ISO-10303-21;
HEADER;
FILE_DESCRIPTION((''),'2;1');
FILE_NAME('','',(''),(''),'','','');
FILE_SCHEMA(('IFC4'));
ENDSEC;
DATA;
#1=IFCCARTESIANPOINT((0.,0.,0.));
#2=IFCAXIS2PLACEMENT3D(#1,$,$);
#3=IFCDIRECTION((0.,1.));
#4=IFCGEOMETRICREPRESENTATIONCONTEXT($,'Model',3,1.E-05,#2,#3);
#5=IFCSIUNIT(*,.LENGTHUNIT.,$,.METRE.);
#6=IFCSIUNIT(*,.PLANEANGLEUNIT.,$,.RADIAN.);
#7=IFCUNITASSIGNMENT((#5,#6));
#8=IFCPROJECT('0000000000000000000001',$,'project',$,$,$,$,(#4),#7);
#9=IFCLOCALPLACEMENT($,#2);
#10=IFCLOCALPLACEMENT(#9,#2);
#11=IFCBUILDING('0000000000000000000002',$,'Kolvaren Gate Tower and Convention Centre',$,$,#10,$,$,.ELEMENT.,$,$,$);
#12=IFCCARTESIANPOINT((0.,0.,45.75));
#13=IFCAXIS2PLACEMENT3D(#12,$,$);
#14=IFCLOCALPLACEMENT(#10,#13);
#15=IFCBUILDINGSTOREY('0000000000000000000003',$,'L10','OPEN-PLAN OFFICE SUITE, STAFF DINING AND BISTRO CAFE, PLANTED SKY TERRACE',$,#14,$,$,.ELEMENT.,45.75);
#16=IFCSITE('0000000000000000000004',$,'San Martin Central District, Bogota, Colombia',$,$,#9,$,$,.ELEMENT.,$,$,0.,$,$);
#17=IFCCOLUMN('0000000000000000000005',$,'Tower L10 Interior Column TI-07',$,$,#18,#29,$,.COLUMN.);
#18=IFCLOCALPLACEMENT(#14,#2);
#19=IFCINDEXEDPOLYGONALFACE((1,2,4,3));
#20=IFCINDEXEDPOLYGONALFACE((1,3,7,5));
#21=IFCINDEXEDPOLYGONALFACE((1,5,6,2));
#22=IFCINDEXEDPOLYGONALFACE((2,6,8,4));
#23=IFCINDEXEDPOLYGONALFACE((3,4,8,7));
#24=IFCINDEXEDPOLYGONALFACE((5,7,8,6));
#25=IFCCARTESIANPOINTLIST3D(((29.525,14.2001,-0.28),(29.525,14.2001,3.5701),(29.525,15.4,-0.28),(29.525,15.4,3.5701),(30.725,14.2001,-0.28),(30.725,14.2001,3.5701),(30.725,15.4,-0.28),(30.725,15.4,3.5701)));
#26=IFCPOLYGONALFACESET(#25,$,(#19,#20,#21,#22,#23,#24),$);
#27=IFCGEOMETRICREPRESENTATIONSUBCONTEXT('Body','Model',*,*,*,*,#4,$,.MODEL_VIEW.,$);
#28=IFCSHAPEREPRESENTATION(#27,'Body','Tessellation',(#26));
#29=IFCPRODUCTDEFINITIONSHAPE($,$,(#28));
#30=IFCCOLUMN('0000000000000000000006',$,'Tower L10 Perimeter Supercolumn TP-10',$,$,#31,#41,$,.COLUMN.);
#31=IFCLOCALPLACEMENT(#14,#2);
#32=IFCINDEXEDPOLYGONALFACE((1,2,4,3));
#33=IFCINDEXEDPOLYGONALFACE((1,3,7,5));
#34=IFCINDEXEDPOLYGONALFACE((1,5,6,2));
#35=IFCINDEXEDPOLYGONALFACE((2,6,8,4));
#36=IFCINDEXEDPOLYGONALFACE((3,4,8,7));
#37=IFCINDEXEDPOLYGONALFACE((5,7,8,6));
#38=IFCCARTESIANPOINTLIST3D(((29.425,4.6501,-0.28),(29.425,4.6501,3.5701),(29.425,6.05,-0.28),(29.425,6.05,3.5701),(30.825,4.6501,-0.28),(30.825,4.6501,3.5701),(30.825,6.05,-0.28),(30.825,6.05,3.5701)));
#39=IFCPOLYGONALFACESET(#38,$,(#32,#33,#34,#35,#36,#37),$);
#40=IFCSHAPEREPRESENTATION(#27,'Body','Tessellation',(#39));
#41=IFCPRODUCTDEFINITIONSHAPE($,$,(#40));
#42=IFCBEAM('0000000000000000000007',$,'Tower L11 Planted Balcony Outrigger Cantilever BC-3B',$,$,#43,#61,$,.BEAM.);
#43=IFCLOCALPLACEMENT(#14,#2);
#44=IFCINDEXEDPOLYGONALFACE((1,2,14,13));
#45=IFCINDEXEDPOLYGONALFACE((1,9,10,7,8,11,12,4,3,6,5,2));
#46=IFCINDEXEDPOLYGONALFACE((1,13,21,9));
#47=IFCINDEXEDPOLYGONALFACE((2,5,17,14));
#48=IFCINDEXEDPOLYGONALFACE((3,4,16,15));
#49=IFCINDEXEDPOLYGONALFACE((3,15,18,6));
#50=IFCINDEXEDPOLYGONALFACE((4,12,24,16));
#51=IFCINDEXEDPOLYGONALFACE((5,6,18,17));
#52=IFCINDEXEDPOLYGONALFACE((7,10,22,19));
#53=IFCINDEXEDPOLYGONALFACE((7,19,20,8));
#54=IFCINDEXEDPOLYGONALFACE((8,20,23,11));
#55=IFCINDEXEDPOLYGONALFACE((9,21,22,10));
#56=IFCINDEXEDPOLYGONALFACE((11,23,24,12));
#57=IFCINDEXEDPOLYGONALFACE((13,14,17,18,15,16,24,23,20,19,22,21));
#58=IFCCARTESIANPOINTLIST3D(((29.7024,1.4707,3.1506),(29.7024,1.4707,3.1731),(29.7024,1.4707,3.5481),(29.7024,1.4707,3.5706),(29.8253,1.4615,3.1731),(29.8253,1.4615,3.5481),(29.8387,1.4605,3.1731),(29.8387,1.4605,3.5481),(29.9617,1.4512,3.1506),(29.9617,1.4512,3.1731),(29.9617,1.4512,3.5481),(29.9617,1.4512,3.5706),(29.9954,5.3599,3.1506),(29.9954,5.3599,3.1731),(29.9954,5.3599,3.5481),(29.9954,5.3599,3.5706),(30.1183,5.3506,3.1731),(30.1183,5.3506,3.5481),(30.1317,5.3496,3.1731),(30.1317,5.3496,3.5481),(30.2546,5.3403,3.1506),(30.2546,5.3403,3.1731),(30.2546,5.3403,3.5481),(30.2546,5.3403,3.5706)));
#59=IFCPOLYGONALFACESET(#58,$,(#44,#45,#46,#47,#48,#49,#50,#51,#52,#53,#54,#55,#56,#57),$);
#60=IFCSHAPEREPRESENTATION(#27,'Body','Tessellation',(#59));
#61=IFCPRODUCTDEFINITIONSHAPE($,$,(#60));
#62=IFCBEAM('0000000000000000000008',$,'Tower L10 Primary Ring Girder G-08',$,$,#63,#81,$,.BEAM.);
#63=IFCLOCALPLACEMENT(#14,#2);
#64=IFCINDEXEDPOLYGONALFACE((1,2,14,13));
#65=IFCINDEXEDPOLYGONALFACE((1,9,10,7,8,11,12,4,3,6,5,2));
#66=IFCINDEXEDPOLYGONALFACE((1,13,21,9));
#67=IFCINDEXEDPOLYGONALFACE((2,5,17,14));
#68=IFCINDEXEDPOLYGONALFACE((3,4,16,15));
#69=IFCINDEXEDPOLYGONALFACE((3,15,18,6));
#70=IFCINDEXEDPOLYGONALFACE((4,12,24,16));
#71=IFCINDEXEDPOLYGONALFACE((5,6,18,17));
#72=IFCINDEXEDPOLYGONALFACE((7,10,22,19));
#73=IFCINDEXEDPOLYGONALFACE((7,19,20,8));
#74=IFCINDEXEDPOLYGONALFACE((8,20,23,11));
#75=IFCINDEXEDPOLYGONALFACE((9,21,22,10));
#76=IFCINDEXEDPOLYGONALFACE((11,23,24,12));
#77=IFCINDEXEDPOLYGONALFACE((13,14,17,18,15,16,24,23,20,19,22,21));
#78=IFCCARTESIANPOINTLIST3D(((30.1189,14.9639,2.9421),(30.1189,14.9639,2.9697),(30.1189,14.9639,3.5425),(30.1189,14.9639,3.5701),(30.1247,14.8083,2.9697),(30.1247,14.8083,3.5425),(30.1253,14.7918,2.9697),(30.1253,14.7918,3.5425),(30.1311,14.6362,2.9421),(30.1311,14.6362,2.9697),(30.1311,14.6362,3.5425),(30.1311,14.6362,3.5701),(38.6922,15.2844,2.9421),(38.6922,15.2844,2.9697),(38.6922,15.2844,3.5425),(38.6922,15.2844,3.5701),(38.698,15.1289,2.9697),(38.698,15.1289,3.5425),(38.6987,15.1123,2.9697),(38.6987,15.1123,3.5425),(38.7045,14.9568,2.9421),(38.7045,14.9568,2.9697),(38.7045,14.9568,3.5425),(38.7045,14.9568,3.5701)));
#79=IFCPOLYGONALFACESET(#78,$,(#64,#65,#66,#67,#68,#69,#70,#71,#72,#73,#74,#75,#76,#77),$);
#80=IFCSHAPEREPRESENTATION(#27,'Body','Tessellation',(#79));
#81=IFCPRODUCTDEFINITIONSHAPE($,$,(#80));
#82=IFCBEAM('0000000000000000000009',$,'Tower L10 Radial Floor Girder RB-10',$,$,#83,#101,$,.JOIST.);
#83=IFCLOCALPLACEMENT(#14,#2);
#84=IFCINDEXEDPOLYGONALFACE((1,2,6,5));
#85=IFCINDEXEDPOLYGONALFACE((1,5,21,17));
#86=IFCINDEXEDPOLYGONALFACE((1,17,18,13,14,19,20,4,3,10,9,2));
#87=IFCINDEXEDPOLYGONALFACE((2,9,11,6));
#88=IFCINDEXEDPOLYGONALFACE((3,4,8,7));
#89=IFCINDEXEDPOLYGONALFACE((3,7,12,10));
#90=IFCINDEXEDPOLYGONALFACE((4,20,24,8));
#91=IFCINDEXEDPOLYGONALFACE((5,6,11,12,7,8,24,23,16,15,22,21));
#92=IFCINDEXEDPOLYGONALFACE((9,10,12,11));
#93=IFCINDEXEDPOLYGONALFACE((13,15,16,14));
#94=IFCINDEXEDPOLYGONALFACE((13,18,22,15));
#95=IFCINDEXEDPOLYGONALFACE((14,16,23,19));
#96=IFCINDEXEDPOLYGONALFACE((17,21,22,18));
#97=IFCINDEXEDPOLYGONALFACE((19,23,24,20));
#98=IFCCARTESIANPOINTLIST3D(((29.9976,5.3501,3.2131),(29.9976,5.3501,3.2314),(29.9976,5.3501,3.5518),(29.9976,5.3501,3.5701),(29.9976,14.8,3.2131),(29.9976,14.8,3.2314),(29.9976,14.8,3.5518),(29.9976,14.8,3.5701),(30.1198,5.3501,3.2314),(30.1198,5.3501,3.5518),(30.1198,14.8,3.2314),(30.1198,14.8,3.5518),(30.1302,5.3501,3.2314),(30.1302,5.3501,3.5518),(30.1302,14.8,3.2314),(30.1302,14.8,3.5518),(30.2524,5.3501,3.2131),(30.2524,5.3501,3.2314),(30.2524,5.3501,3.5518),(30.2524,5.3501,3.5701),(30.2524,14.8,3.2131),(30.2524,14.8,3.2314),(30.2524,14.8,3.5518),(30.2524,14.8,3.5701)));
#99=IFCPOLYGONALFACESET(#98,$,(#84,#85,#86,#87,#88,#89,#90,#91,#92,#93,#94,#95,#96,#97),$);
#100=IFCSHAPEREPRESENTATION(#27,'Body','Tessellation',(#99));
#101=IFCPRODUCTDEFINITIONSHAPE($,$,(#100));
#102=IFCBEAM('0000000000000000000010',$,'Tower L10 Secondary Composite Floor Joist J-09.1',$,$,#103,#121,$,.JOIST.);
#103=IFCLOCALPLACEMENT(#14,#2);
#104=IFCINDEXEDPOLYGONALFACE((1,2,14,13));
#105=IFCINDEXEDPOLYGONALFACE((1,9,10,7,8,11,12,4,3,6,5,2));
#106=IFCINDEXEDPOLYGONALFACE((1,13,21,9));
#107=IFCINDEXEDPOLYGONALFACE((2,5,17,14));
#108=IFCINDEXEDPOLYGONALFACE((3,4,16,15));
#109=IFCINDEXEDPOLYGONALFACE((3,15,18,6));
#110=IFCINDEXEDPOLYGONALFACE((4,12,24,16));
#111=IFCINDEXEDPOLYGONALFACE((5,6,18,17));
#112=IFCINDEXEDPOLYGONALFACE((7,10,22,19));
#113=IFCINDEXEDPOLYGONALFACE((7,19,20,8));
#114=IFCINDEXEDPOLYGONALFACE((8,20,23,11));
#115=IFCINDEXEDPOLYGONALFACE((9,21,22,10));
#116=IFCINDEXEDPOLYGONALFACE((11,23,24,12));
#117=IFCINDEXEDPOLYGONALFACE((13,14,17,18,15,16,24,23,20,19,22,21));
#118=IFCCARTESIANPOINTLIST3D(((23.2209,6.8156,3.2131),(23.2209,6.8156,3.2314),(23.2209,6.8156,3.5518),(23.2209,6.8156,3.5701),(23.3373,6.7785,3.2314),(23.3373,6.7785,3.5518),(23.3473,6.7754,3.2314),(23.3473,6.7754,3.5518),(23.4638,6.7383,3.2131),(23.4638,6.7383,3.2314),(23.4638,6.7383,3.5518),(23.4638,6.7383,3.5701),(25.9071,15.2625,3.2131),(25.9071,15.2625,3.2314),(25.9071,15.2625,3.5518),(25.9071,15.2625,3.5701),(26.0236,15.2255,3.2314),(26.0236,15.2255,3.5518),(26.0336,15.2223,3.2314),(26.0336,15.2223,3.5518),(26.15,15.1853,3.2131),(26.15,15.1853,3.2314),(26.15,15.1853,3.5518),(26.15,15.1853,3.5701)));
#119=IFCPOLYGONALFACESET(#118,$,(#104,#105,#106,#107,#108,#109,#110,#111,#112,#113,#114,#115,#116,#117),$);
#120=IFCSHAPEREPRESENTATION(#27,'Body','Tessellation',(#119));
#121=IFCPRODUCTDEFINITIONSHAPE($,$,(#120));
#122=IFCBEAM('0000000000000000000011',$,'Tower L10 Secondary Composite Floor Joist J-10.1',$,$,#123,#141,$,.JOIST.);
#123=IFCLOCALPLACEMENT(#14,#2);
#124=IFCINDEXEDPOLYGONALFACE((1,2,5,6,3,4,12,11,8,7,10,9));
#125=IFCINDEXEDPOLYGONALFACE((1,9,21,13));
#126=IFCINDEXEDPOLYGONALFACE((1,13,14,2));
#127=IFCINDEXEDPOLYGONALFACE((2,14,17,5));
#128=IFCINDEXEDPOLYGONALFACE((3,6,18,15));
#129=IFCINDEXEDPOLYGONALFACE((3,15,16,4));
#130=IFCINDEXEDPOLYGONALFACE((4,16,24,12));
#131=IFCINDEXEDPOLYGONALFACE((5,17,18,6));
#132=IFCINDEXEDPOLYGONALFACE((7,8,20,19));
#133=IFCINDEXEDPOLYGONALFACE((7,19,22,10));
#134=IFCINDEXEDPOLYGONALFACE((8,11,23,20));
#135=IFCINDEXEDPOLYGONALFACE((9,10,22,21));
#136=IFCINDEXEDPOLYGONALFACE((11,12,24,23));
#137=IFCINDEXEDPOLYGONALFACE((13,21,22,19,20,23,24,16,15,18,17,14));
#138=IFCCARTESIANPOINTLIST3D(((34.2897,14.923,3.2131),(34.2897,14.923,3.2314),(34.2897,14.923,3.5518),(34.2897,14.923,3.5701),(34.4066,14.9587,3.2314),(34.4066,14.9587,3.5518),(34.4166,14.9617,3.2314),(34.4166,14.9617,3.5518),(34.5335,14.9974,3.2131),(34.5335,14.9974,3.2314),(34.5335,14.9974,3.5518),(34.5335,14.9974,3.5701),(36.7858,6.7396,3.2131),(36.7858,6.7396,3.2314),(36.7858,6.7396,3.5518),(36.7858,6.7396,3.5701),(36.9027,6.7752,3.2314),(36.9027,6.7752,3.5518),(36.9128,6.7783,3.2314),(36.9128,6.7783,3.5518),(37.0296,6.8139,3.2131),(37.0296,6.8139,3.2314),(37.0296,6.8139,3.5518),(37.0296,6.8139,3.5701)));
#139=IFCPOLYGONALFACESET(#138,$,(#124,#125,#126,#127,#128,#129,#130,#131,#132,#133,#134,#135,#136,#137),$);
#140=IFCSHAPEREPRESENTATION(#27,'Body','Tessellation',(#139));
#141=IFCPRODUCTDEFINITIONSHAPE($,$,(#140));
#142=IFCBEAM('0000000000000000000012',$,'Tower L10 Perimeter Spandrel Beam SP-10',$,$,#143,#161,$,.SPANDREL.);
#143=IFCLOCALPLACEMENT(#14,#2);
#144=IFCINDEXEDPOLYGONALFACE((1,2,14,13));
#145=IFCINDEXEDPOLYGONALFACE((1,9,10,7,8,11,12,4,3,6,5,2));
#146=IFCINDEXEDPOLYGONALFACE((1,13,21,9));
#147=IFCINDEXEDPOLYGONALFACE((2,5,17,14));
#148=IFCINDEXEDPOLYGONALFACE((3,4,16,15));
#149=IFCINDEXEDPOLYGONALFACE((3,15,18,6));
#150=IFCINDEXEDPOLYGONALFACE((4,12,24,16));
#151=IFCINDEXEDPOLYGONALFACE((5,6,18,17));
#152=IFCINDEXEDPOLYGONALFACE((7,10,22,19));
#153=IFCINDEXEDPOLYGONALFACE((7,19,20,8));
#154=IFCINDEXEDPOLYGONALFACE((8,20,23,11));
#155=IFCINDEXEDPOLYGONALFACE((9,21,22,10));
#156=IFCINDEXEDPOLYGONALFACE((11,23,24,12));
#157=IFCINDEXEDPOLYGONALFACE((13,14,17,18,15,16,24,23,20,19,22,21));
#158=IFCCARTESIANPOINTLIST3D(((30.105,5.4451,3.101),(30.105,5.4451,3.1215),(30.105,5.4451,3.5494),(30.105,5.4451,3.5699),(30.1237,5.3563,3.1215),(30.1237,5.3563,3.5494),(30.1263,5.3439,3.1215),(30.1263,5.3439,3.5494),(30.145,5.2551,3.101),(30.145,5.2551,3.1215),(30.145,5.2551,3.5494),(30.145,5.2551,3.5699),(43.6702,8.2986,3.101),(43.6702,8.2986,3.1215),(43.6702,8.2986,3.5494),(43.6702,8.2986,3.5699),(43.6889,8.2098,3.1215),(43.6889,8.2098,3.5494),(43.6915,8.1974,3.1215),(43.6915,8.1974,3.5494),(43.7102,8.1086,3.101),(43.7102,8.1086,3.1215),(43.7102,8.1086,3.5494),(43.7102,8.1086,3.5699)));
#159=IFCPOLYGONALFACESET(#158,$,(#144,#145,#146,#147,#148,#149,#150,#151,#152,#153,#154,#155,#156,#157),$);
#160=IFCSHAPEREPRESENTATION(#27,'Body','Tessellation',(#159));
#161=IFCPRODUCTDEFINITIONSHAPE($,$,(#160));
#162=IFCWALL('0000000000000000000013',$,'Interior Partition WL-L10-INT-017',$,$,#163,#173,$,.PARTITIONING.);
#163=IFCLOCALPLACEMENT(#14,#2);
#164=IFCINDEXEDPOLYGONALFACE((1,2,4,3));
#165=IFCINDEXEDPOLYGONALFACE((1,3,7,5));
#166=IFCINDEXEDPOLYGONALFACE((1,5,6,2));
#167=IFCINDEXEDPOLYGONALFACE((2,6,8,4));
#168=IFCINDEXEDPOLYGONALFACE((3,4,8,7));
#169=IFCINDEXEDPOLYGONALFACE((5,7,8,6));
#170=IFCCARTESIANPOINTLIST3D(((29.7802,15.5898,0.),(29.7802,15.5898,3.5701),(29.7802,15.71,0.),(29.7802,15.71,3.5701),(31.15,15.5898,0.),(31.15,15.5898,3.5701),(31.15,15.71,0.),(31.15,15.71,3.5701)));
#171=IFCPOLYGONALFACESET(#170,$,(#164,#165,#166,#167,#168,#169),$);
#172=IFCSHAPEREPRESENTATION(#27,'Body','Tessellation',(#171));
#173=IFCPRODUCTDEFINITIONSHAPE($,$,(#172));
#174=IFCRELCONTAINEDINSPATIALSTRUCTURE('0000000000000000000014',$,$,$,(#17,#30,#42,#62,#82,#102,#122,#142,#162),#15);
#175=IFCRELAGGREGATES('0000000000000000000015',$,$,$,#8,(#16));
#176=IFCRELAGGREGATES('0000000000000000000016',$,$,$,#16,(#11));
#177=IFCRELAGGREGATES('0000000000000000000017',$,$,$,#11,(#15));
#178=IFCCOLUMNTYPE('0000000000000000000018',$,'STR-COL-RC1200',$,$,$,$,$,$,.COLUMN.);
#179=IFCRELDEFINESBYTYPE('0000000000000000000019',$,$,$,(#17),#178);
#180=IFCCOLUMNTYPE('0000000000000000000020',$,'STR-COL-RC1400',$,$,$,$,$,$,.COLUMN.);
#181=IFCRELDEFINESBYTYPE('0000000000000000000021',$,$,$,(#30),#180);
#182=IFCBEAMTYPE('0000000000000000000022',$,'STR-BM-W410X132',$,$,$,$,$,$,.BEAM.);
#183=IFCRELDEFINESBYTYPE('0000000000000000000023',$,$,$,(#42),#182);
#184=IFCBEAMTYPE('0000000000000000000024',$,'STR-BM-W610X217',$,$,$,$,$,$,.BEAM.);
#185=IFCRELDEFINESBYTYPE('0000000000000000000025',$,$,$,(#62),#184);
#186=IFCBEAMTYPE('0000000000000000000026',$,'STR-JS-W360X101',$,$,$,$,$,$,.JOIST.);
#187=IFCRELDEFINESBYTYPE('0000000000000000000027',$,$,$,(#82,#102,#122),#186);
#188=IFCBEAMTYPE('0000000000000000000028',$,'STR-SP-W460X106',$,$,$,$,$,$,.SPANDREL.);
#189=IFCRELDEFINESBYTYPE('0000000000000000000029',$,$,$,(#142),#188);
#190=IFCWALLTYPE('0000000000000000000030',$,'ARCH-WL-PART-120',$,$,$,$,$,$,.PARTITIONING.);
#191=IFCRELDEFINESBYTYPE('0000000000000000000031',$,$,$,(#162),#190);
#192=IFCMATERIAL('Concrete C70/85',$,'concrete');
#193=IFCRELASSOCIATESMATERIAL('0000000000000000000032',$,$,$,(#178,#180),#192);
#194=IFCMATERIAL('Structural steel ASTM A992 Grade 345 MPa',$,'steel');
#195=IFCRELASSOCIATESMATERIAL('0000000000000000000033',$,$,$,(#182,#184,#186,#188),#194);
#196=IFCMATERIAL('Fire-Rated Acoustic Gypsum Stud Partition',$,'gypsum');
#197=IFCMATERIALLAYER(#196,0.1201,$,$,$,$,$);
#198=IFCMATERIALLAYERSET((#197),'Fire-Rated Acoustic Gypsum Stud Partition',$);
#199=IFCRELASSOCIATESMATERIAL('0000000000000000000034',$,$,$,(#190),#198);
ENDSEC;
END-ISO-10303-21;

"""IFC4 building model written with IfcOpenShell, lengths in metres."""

from ifc_helpers import new_model, si_unit, direction, frame, frame_2d, origin, origin_2d, place, context, subcontext, project, spatial, rectangle, i_section, extrude, material, layer, layer_set, material_profile, profile_set, type_object, element, save


model = new_model("IFC4")

# Units and contexts
model_context = context("Model", 3, precision=1e-05, world=origin(), true_north=direction((0.0, 1.0)))
body_context = subcontext(model_context, "Body", "Model", "MODEL_VIEW")
ifc_project = project(units=[si_unit("LENGTHUNIT", "METRE"), si_unit("PLANEANGLEUNIT", "RADIAN")], contexts=[model_context])

# Site, building, storey
site_placement = place(None, origin())
site = spatial("IfcSite", under=ifc_project, at=site_placement, Name="San Martin Central District, Bogota, Colombia", CompositionType="ELEMENT", RefElevation=0.0)
building_placement = place(site_placement, origin())
building = spatial("IfcBuilding", under=site, at=building_placement, Name="Kolvaren Gate Tower and Convention Centre", CompositionType="ELEMENT")
storey_placement = place(building_placement, frame((0.0, 0.0, 45.75)))
storey = spatial("IfcBuildingStorey", under=building, at=storey_placement, Name="L10", Description="OPEN-PLAN OFFICE SUITE, STAFF DINING AND BISTRO CAFE, PLANTED SKY TERRACE", CompositionType="ELEMENT", Elevation=45.75)

# Columns
ifc_material_1 = material(Name="Concrete C70/85", Category="concrete")
ifc_material_profile_1 = material_profile(ifc_material_1, rectangle(XDim=1.2, YDim=1.2, at=origin_2d()), Name="RC-COL-1200X1200")
ifc_profile_set_1 = profile_set([ifc_material_profile_1], Name="Concrete C70/85")
column_type_1 = type_object("IfcColumnType", Name="STR-COL-RC1200", PredefinedType="COLUMN", material=ifc_profile_set_1)
column_1_placement = place(storey_placement, frame((30.125, 14.8, -0.28), z_axis=(0.0, 0.0, 1.0), x_axis=(1.0, 0.0, 0.0)))
element("IfcColumn", 1, at=column_1_placement, inside=storey, type_object=column_type_1, Name="Tower L10 Interior Column TI-07", PredefinedType="COLUMN", context=body_context, shape_type="SweptSolid", body=[
    extrude(rectangle(XDim=1.2, YDim=1.2, at=origin_2d()), origin(), (0.0, 0.0, 1.0), 3.8501),
])
ifc_material_profile_2 = material_profile(ifc_material_1, rectangle(XDim=1.3999, YDim=1.3999, at=origin_2d()), Name="RC-COL-1400X1400")
ifc_profile_set_2 = profile_set([ifc_material_profile_2], Name="Concrete C70/85")
column_type_2 = type_object("IfcColumnType", Name="STR-COL-RC1400", PredefinedType="COLUMN", material=ifc_profile_set_2)
column_2_placement = place(storey_placement, frame((30.125, 5.3501, -0.28), z_axis=(0.0, 0.0, 1.0), x_axis=(1.0, 0.0, 0.0)))
element("IfcColumn", 2, at=column_2_placement, inside=storey, type_object=column_type_2, Name="Tower L10 Perimeter Supercolumn TP-10", PredefinedType="COLUMN", context=body_context, shape_type="SweptSolid", body=[
    extrude(rectangle(XDim=1.3999, YDim=1.3999, at=origin_2d()), origin(), (0.0, 0.0, 1.0), 3.8501),
])

# Beams
ifc_material_2 = material(Name="Structural steel ASTM A992 Grade 345 MPa", Category="steel")
ifc_material_profile_3 = material_profile(ifc_material_2, i_section(OverallWidth=0.26, OverallDepth=0.4199, WebThickness=0.0134, FlangeThickness=0.0225, at=origin_2d()), Name="W410X132")
ifc_profile_set_3 = profile_set([ifc_material_profile_3], Name="Structural steel ASTM A992 Grade 345 MPa")
beam_type_1 = type_object("IfcBeamType", Name="STR-BM-W410X132", PredefinedType="BEAM", material=ifc_profile_set_3)
beam_1_placement = place(storey_placement, frame((30.125, 5.3501, 3.3606), z_axis=(-0.075117, -0.997175, 0.0), x_axis=(0.997175, -0.075117, 0.0)))
element("IfcBeam", 3, at=beam_1_placement, inside=storey, type_object=beam_type_1, Name="Tower L11 Planted Balcony Outrigger Cantilever BC-3B", PredefinedType="BEAM", context=body_context, shape_type="SweptSolid", body=[
    extrude(i_section(OverallWidth=0.26, OverallDepth=0.4199, WebThickness=0.0134, FlangeThickness=0.0225, at=origin_2d()), origin(), (0.0, 0.0, 1.0), 3.9001),
])
ifc_material_profile_4 = material_profile(ifc_material_2, i_section(OverallWidth=0.3279, OverallDepth=0.6279, WebThickness=0.0166, FlangeThickness=0.0276, at=origin_2d()), Name="W610X217")
ifc_profile_set_4 = profile_set([ifc_material_profile_4], Name="Structural steel ASTM A992 Grade 345 MPa")
beam_type_2 = type_object("IfcBeamType", Name="STR-BM-W610X217", PredefinedType="BEAM", material=ifc_profile_set_4)
beam_2_placement = place(storey_placement, frame((30.125, 14.8, 3.2561), z_axis=(0.999302, 0.037364, 0.0), x_axis=(-0.037364, 0.999302, 0.0)))
element("IfcBeam", 4, at=beam_2_placement, inside=storey, type_object=beam_type_2, Name="Tower L10 Primary Ring Girder G-08", PredefinedType="BEAM", context=body_context, shape_type="SweptSolid", body=[
    extrude(i_section(OverallWidth=0.3279, OverallDepth=0.6279, WebThickness=0.0166, FlangeThickness=0.0276, at=origin_2d()), origin(), (0.0, 0.0, 1.0), 8.5793),
])
ifc_material_profile_5 = material_profile(ifc_material_2, i_section(OverallWidth=0.2549, OverallDepth=0.3569, WebThickness=0.0105, FlangeThickness=0.0183, at=origin_2d()), Name="W360X101")
ifc_profile_set_5 = profile_set([ifc_material_profile_5], Name="Structural steel ASTM A992 Grade 345 MPa")
beam_type_3 = type_object("IfcBeamType", Name="STR-JS-W360X101", PredefinedType="JOIST", material=ifc_profile_set_5)
beam_3_placement = place(storey_placement, frame((30.125, 14.8, 3.3916), z_axis=(0.0, -1.0, 0.0), x_axis=(1.0, 0.0, 0.0)))
element("IfcBeam", 5, at=beam_3_placement, inside=storey, type_object=beam_type_3, Name="Tower L10 Radial Floor Girder RB-10", PredefinedType="JOIST", context=body_context, shape_type="SweptSolid", body=[
    extrude(i_section(OverallWidth=0.2549, OverallDepth=0.3569, WebThickness=0.0105, FlangeThickness=0.0183, at=origin_2d()), origin(), (0.0, 0.0, 1.0), 9.45),
])
beam_4_placement = place(storey_placement, frame((26.0286, 15.2239, 3.3916), z_axis=(-0.303059, -0.952972, 0.0), x_axis=(0.952972, -0.303059, 0.0)))
element("IfcBeam", 6, at=beam_4_placement, inside=storey, type_object=beam_type_3, Name="Tower L10 Secondary Composite Floor Joist J-09.1", PredefinedType="JOIST", context=body_context, shape_type="SweptSolid", body=[
    extrude(i_section(OverallWidth=0.2549, OverallDepth=0.3569, WebThickness=0.0105, FlangeThickness=0.0183, at=origin_2d()), origin(), (0.0, 0.0, 1.0), 8.8638),
])
beam_5_placement = place(storey_placement, frame((34.4116, 14.9602, 3.3916), z_axis=(0.291751, -0.956494, 0.0), x_axis=(0.956494, 0.291751, 0.0)))
element("IfcBeam", 7, at=beam_5_placement, inside=storey, type_object=beam_type_3, Name="Tower L10 Secondary Composite Floor Joist J-10.1", PredefinedType="JOIST", context=body_context, shape_type="SweptSolid", body=[
    extrude(i_section(OverallWidth=0.2549, OverallDepth=0.3569, WebThickness=0.0105, FlangeThickness=0.0183, at=origin_2d()), origin(), (0.0, 0.0, 1.0), 8.5557),
])
ifc_material_profile_6 = material_profile(ifc_material_2, i_section(OverallWidth=0.1941, OverallDepth=0.469, WebThickness=0.0127, FlangeThickness=0.0205, at=origin_2d()), Name="W460X106")
ifc_profile_set_6 = profile_set([ifc_material_profile_6], Name="Structural steel ASTM A992 Grade 345 MPa")
beam_type_4 = type_object("IfcBeamType", Name="STR-SP-W460X106", PredefinedType="SPANDREL", material=ifc_profile_set_6)
beam_6_placement = place(storey_placement, frame((30.125, 5.3501, 3.3354), z_axis=(0.978583, 0.205851, 0.0), x_axis=(-0.205851, 0.978583, 0.0)))
element("IfcBeam", 8, at=beam_6_placement, inside=storey, type_object=beam_type_4, Name="Tower L10 Perimeter Spandrel Beam SP-10", PredefinedType="SPANDREL", context=body_context, shape_type="SweptSolid", body=[
    extrude(i_section(OverallWidth=0.1941, OverallDepth=0.469, WebThickness=0.0127, FlangeThickness=0.0205, at=origin_2d()), origin(), (0.0, 0.0, 1.0), 13.8621),
])

# Wall
ifc_material_3 = material(Name="Fire-Rated Acoustic Gypsum Stud Partition", Category="gypsum")
ifc_layer_1 = layer(ifc_material_3, 0.1201)
ifc_layer_set_1 = layer_set([ifc_layer_1], Name="Fire-Rated Acoustic Gypsum Stud Partition")
wall_type_1 = type_object("IfcWallType", Name="ARCH-WL-PART-120", PredefinedType="PARTITIONING", material=ifc_layer_set_1)
wall_1_placement = place(storey_placement, frame((29.78, 15.6499, 0.0), z_axis=(0.0, 0.0, 1.0), x_axis=(1.0, 0.0, 0.0)))
element("IfcWall", 9, at=wall_1_placement, inside=storey, type_object=wall_type_1, Name="Interior Partition WL-L10-INT-017", PredefinedType="PARTITIONING", context=body_context, shape_type="SweptSolid", body=[
    extrude(rectangle(XDim=1.3699, YDim=0.1201, at=frame_2d((0.6851, 0.0))), origin(), (0.0, 0.0, 1.0), 3.5701),
])

save(model, "model.ifc")
